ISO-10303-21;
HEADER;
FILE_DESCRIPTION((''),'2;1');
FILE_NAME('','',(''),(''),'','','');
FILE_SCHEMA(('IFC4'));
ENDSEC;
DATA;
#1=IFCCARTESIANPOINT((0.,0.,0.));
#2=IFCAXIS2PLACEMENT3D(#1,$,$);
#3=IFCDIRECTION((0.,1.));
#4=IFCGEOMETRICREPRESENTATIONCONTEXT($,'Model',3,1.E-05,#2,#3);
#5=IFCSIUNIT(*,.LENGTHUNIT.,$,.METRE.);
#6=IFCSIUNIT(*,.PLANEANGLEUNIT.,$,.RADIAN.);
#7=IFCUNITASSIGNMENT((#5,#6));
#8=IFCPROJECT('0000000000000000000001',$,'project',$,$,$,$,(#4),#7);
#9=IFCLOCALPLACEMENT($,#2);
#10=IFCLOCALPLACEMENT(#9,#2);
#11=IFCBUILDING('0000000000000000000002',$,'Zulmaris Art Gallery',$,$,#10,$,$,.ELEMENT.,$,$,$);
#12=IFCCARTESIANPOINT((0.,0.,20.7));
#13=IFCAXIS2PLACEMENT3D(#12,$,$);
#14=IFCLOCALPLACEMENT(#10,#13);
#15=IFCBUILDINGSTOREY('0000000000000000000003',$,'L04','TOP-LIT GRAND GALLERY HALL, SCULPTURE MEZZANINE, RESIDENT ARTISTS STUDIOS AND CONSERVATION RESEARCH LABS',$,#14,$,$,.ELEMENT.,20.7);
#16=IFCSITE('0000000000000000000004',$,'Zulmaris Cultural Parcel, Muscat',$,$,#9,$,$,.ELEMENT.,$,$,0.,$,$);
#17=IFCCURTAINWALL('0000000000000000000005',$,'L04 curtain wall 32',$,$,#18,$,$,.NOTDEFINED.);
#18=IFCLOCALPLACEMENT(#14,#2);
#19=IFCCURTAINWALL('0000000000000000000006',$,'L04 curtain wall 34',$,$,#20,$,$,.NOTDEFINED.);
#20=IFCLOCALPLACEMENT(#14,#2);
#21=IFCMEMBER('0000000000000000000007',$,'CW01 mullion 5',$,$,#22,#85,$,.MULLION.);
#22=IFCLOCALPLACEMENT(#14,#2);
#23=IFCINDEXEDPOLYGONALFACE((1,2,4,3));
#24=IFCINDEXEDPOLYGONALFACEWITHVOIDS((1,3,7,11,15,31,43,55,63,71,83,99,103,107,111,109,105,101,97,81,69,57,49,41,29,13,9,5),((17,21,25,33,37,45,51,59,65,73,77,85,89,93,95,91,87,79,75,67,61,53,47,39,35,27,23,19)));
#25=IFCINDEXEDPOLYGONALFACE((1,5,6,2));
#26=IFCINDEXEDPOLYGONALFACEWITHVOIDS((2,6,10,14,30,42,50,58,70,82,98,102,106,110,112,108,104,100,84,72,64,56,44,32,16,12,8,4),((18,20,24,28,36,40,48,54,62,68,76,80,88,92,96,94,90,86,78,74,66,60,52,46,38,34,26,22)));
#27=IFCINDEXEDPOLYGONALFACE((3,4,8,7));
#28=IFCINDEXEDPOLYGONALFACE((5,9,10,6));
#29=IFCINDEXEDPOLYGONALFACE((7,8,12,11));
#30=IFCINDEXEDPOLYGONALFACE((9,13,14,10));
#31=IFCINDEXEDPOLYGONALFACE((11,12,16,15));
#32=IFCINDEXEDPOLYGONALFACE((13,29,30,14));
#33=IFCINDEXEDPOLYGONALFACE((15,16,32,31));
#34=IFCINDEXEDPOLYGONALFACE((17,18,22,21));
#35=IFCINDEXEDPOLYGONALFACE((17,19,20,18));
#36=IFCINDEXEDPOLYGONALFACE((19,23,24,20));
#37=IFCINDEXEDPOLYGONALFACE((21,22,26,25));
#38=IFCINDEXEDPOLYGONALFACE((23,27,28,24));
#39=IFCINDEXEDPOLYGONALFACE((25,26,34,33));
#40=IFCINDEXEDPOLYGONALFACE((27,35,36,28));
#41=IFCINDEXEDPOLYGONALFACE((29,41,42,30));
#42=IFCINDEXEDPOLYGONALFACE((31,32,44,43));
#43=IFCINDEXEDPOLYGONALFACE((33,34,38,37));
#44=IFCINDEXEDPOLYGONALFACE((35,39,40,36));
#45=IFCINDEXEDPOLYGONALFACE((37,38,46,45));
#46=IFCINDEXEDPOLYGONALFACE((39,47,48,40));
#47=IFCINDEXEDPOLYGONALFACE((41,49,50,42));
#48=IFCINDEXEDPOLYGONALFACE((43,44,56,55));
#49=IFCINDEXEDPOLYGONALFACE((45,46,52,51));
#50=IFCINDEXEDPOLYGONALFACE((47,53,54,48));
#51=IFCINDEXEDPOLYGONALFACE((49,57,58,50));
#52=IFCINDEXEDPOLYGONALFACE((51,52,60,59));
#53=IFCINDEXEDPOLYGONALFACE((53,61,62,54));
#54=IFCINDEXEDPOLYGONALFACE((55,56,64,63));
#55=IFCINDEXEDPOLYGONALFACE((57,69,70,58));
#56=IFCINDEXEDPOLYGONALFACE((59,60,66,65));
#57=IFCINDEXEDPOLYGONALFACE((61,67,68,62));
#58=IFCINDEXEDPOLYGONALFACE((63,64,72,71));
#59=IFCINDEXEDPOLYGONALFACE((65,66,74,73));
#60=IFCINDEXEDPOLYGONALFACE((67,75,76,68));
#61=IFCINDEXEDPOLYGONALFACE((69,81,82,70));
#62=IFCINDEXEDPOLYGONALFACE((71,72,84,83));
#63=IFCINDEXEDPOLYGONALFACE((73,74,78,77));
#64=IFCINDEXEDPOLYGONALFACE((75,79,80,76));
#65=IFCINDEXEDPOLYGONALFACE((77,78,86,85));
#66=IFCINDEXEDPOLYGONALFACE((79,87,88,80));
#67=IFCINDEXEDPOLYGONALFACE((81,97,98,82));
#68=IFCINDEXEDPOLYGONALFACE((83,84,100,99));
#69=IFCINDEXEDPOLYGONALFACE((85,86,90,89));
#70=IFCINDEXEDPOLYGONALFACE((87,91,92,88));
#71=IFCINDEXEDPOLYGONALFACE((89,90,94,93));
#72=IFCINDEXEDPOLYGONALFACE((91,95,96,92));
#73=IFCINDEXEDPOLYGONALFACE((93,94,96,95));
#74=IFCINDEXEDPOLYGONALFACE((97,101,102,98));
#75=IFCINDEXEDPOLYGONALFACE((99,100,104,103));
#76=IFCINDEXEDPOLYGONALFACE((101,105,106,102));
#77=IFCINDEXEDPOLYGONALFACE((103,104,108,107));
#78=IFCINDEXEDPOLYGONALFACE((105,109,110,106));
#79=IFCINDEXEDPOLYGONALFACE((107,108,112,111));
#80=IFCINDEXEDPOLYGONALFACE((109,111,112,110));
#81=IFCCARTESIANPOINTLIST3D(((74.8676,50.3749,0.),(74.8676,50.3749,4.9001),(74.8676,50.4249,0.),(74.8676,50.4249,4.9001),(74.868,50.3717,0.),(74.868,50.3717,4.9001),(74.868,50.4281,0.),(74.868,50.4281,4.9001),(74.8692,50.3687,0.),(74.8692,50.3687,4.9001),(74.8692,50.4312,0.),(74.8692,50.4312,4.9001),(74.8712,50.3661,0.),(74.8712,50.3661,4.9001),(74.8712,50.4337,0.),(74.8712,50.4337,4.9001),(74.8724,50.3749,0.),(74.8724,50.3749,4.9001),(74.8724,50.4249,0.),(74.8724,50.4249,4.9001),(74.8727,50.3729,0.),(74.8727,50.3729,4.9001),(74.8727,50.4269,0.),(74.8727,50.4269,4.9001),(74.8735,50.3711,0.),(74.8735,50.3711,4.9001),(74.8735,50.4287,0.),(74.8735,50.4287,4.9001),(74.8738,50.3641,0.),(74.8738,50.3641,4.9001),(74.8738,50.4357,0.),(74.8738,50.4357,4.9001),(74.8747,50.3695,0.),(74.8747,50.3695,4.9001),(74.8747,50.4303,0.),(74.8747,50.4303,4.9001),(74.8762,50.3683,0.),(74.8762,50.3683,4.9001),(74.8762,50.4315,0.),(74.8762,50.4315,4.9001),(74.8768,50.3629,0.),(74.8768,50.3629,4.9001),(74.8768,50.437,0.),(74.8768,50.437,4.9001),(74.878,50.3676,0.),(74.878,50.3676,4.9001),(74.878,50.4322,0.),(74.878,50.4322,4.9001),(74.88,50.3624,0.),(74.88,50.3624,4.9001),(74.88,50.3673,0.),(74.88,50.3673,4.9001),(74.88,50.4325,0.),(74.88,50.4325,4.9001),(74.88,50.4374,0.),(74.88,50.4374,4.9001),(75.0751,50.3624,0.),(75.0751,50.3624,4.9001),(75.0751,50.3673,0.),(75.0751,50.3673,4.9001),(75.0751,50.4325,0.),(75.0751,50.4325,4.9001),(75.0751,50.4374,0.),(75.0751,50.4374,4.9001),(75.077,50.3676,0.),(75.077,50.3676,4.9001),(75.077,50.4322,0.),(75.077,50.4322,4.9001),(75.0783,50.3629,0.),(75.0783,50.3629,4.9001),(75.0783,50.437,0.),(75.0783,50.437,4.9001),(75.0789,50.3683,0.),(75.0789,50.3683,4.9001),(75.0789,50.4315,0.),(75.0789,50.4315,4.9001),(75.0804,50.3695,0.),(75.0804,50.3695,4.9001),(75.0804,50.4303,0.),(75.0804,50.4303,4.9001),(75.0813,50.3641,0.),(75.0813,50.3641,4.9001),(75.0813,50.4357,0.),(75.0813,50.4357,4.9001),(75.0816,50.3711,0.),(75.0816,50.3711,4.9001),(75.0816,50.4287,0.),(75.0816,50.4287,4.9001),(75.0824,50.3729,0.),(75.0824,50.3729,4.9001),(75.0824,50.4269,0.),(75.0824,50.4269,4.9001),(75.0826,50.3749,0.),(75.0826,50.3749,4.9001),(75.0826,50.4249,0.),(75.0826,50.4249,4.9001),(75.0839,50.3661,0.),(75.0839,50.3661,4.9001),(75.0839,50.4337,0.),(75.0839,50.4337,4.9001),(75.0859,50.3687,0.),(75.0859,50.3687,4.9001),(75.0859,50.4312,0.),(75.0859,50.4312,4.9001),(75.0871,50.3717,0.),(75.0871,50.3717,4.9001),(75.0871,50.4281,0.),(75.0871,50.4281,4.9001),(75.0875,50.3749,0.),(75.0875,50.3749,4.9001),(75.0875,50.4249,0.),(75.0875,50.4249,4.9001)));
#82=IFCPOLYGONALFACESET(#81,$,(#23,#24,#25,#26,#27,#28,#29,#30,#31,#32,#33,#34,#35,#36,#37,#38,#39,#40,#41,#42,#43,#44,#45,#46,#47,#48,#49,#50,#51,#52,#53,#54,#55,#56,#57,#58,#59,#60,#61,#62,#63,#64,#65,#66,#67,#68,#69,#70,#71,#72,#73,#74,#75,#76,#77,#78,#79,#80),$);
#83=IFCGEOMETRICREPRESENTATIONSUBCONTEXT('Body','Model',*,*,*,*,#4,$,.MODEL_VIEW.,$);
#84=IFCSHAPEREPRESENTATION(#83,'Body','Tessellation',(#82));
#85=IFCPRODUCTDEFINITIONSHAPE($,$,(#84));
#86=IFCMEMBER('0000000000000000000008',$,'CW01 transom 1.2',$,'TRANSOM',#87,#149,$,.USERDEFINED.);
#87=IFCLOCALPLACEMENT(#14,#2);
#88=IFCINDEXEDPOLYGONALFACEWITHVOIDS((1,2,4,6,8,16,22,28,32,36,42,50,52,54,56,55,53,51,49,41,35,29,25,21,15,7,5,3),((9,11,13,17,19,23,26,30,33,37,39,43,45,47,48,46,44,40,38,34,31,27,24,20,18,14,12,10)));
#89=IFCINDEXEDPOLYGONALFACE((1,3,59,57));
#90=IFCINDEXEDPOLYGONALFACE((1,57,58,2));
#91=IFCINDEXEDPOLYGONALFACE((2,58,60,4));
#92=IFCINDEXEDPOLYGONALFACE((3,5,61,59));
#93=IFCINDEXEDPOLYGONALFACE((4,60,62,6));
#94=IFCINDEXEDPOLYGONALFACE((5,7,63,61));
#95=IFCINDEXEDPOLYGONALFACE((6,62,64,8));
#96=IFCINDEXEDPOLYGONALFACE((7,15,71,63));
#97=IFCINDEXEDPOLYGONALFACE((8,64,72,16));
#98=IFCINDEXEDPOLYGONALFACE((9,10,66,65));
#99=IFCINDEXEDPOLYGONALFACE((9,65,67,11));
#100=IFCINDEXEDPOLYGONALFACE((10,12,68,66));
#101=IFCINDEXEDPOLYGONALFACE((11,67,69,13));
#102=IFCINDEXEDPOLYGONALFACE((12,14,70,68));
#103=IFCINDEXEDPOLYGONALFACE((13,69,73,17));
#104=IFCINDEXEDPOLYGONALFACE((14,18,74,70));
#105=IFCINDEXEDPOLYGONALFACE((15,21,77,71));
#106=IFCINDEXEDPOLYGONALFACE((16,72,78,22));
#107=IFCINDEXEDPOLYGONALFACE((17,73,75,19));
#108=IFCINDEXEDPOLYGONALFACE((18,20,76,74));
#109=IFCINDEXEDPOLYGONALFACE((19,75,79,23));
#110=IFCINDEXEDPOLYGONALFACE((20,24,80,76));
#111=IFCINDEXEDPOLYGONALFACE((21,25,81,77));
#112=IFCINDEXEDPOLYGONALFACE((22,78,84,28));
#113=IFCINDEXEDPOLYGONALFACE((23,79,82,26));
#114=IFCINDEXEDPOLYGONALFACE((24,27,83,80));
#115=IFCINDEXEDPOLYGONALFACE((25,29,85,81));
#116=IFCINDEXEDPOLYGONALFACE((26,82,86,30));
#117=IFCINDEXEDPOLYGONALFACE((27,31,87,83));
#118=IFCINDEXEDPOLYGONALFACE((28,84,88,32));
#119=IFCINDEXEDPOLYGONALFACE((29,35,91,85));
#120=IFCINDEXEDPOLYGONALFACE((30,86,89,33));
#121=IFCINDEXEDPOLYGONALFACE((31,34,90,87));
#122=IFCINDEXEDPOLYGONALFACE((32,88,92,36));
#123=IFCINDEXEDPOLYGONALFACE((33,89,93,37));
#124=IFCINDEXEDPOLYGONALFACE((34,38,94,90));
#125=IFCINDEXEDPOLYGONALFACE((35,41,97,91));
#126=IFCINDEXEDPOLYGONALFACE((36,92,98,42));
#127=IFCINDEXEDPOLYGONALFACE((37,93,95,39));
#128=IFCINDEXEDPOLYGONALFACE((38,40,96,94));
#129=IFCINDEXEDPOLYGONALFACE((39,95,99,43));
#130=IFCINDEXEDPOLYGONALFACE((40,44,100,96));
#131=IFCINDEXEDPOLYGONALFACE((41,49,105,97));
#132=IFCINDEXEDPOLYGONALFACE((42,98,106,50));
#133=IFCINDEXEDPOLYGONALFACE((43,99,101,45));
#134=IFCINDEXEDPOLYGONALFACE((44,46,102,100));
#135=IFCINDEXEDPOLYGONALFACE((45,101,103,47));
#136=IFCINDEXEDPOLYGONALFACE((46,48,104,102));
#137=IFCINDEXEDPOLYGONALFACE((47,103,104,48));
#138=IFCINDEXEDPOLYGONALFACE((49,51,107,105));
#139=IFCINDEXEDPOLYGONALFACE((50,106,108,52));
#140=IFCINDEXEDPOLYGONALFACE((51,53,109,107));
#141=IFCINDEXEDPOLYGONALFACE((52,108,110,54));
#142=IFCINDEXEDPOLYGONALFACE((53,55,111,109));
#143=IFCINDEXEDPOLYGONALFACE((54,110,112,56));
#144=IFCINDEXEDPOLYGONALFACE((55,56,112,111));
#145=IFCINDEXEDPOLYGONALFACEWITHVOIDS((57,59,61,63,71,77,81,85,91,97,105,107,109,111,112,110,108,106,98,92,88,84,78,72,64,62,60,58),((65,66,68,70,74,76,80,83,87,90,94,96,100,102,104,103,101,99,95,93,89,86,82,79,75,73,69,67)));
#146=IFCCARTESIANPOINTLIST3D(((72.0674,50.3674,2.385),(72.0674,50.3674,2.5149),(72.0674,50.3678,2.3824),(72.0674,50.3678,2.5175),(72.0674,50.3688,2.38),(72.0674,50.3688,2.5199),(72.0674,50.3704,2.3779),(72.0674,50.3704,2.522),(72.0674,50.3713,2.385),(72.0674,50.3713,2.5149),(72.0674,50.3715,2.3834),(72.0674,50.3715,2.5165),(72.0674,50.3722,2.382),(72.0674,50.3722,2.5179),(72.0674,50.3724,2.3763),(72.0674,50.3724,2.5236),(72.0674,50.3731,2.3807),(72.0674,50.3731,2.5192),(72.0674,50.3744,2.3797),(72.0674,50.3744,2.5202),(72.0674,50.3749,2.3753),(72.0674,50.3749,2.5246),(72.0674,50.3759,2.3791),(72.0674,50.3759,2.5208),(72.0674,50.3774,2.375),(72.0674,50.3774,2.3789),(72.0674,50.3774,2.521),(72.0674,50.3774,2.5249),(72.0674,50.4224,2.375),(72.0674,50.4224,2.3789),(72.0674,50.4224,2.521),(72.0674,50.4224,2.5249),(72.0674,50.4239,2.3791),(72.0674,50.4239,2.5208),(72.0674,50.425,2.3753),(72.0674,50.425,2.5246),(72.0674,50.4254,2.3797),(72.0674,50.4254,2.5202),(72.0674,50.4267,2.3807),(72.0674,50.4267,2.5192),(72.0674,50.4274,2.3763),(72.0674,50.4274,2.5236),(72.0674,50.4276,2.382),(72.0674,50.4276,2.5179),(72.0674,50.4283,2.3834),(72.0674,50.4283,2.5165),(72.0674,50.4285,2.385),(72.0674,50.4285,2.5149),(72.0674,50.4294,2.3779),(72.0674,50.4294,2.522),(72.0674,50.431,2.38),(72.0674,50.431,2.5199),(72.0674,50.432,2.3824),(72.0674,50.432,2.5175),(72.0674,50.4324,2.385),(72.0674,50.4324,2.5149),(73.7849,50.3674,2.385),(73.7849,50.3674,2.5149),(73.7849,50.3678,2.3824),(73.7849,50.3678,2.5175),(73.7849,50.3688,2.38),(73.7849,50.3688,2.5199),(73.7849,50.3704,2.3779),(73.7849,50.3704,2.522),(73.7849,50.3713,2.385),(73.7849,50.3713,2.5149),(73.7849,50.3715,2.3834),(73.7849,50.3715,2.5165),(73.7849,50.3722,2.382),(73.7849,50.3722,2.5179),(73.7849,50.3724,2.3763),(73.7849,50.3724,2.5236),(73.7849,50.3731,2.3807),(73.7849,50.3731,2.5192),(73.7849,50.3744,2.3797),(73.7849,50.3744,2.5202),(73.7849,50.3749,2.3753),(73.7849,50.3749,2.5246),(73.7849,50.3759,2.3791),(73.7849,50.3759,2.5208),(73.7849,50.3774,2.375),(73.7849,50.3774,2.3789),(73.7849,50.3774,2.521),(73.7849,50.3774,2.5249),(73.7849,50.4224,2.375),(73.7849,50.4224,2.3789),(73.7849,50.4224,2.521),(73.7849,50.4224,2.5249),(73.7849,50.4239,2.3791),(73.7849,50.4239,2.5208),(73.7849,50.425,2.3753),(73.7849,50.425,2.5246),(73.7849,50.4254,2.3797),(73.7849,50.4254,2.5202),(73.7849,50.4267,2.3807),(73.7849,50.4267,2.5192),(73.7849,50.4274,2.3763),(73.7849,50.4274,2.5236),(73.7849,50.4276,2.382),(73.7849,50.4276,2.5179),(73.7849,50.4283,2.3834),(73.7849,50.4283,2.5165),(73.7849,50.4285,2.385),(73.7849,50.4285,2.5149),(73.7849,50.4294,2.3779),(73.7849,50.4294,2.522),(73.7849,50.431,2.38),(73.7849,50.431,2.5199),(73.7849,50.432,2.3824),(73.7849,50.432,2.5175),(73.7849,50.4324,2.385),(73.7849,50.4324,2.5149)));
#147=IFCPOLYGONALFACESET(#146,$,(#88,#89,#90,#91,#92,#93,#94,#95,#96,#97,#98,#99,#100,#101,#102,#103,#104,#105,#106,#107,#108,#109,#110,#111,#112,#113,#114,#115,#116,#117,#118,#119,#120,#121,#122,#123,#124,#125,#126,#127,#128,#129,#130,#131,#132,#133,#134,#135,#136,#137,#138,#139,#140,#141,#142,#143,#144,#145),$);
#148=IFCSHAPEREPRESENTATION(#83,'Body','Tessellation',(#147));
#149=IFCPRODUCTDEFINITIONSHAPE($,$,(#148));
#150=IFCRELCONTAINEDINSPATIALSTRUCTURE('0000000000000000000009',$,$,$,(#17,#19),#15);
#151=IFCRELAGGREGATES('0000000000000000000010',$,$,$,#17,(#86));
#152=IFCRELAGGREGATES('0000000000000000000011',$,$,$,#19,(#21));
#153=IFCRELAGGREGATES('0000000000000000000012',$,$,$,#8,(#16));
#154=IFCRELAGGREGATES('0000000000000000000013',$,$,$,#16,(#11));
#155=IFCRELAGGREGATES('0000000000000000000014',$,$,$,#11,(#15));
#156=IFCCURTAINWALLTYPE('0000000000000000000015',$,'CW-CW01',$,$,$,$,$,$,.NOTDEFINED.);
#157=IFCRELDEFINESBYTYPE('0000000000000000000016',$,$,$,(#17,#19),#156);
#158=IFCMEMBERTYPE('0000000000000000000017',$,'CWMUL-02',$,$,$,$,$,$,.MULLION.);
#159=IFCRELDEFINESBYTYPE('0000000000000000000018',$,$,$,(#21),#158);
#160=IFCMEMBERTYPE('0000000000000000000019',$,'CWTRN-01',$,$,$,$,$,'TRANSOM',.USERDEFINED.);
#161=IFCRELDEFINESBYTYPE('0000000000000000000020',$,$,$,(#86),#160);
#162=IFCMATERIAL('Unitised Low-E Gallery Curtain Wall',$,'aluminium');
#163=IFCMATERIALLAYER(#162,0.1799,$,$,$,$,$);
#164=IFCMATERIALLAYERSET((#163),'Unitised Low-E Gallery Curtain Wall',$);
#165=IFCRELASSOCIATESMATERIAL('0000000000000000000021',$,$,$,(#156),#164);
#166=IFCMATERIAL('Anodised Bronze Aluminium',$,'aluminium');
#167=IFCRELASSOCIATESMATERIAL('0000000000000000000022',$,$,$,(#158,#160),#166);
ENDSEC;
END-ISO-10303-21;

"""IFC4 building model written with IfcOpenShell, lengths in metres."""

from ifc_helpers import new_model, si_unit, direction, frame, origin, origin_2d, place, context, subcontext, project, spatial, hollow_rectangle, extrude, material, layer, layer_set, material_profile, profile_set, type_object, element, aggregate, save


model = new_model("IFC4")

# Units and contexts
model_context = context("Model", 3, precision=1e-05, world=origin(), true_north=direction((0.0, 1.0)))
body_context = subcontext(model_context, "Body", "Model", "MODEL_VIEW")
ifc_project = project(units=[si_unit("LENGTHUNIT", "METRE"), si_unit("PLANEANGLEUNIT", "RADIAN")], contexts=[model_context])

# Site, building, storey
site_placement = place(None, origin())
site = spatial("IfcSite", under=ifc_project, at=site_placement, Name="Zulmaris Cultural Parcel, Muscat", CompositionType="ELEMENT", RefElevation=0.0)
building_placement = place(site_placement, origin())
building = spatial("IfcBuilding", under=site, at=building_placement, Name="Zulmaris Art Gallery", CompositionType="ELEMENT")
storey_placement = place(building_placement, frame((0.0, 0.0, 20.7)))
storey = spatial("IfcBuildingStorey", under=building, at=storey_placement, Name="L04", Description="TOP-LIT GRAND GALLERY HALL, SCULPTURE MEZZANINE, RESIDENT ARTISTS STUDIOS AND CONSERVATION RESEARCH LABS", CompositionType="ELEMENT", Elevation=20.7)

# Curtain wall
ifc_material_1 = material(Name="Unitised Low-E Gallery Curtain Wall", Category="aluminium")
ifc_layer_1 = layer(ifc_material_1, 0.1799)
ifc_layer_set_1 = layer_set([ifc_layer_1], Name="Unitised Low-E Gallery Curtain Wall")
curtain_wall_type = type_object("IfcCurtainWallType", Name="CW-CW01", PredefinedType="NOTDEFINED", material=ifc_layer_set_1)
curtain_wall_1_placement = place(storey_placement, origin())
curtain_wall_1 = element("IfcCurtainWall", 1, at=curtain_wall_1_placement, inside=storey, type_object=curtain_wall_type, Name="L04 curtain wall 32", PredefinedType="NOTDEFINED")
ifc_material_2 = material(Name="Anodised Bronze Aluminium", Category="aluminium")
ifc_material_profile_1 = material_profile(ifc_material_2, hollow_rectangle(XDim=0.075, YDim=0.22, WallThickness=0.0049, InnerFilletRadius=0.0076, OuterFilletRadius=0.0125, at=origin_2d()), Name="ALU 75x220x5")
ifc_profile_set_1 = profile_set([ifc_material_profile_1], Name="Anodised Bronze Aluminium")
member_type_1 = type_object("IfcMemberType", Name="CWMUL-02", PredefinedType="MULLION", material=ifc_profile_set_1)

# Curtain wall, member
curtain_wall_2_placement = place(storey_placement, origin())
curtain_wall_2 = element("IfcCurtainWall", 2, at=curtain_wall_2_placement, inside=storey, type_object=curtain_wall_type, Name="L04 curtain wall 34", PredefinedType="NOTDEFINED")
member_1_placement = place(storey_placement, frame((74.9775, 50.3999, 0.0), z_axis=(0.0, 0.0, 1.0), x_axis=(0.0, -1.0, 0.0)))
member_1 = element("IfcMember", 3, at=member_1_placement, type_object=member_type_1, Name="CW01 mullion 5", PredefinedType="MULLION", context=body_context, shape_type="SweptSolid", body=[
    extrude(hollow_rectangle(XDim=0.075, YDim=0.22, WallThickness=0.0049, InnerFilletRadius=0.0076, OuterFilletRadius=0.0125, at=origin_2d()), origin(), (0.0, 0.0, 1.0), 4.9001),
])

# Member
ifc_material_profile_2 = material_profile(ifc_material_2, hollow_rectangle(XDim=0.0649, YDim=0.1499, WallThickness=0.0039, InnerFilletRadius=0.0061, OuterFilletRadius=0.01, at=origin_2d()), Name="ALU 65x150x4")
ifc_profile_set_2 = profile_set([ifc_material_profile_2], Name="Anodised Bronze Aluminium")
member_type_2 = type_object("IfcMemberType", Name="CWTRN-01", ElementType="TRANSOM", PredefinedType="USERDEFINED", material=ifc_profile_set_2)
member_2_placement = place(storey_placement, frame((73.7849, 50.3999, 2.45), z_axis=(-1.0, 0.0, 0.0), x_axis=(0.0, -1.0, 0.0)))
member_2 = element("IfcMember", 4, at=member_2_placement, type_object=member_type_2, Name="CW01 transom 1.2", ObjectType="TRANSOM", PredefinedType="USERDEFINED", context=body_context, shape_type="SweptSolid", body=[
    extrude(hollow_rectangle(XDim=0.0649, YDim=0.1499, WallThickness=0.0039, InnerFilletRadius=0.0061, OuterFilletRadius=0.01, at=origin_2d()), origin(), (0.0, 0.0, 1.0), 1.7175),
])
aggregate(curtain_wall_1, [member_2])

aggregate(curtain_wall_2, [member_1])

save(model, "model.ifc")
